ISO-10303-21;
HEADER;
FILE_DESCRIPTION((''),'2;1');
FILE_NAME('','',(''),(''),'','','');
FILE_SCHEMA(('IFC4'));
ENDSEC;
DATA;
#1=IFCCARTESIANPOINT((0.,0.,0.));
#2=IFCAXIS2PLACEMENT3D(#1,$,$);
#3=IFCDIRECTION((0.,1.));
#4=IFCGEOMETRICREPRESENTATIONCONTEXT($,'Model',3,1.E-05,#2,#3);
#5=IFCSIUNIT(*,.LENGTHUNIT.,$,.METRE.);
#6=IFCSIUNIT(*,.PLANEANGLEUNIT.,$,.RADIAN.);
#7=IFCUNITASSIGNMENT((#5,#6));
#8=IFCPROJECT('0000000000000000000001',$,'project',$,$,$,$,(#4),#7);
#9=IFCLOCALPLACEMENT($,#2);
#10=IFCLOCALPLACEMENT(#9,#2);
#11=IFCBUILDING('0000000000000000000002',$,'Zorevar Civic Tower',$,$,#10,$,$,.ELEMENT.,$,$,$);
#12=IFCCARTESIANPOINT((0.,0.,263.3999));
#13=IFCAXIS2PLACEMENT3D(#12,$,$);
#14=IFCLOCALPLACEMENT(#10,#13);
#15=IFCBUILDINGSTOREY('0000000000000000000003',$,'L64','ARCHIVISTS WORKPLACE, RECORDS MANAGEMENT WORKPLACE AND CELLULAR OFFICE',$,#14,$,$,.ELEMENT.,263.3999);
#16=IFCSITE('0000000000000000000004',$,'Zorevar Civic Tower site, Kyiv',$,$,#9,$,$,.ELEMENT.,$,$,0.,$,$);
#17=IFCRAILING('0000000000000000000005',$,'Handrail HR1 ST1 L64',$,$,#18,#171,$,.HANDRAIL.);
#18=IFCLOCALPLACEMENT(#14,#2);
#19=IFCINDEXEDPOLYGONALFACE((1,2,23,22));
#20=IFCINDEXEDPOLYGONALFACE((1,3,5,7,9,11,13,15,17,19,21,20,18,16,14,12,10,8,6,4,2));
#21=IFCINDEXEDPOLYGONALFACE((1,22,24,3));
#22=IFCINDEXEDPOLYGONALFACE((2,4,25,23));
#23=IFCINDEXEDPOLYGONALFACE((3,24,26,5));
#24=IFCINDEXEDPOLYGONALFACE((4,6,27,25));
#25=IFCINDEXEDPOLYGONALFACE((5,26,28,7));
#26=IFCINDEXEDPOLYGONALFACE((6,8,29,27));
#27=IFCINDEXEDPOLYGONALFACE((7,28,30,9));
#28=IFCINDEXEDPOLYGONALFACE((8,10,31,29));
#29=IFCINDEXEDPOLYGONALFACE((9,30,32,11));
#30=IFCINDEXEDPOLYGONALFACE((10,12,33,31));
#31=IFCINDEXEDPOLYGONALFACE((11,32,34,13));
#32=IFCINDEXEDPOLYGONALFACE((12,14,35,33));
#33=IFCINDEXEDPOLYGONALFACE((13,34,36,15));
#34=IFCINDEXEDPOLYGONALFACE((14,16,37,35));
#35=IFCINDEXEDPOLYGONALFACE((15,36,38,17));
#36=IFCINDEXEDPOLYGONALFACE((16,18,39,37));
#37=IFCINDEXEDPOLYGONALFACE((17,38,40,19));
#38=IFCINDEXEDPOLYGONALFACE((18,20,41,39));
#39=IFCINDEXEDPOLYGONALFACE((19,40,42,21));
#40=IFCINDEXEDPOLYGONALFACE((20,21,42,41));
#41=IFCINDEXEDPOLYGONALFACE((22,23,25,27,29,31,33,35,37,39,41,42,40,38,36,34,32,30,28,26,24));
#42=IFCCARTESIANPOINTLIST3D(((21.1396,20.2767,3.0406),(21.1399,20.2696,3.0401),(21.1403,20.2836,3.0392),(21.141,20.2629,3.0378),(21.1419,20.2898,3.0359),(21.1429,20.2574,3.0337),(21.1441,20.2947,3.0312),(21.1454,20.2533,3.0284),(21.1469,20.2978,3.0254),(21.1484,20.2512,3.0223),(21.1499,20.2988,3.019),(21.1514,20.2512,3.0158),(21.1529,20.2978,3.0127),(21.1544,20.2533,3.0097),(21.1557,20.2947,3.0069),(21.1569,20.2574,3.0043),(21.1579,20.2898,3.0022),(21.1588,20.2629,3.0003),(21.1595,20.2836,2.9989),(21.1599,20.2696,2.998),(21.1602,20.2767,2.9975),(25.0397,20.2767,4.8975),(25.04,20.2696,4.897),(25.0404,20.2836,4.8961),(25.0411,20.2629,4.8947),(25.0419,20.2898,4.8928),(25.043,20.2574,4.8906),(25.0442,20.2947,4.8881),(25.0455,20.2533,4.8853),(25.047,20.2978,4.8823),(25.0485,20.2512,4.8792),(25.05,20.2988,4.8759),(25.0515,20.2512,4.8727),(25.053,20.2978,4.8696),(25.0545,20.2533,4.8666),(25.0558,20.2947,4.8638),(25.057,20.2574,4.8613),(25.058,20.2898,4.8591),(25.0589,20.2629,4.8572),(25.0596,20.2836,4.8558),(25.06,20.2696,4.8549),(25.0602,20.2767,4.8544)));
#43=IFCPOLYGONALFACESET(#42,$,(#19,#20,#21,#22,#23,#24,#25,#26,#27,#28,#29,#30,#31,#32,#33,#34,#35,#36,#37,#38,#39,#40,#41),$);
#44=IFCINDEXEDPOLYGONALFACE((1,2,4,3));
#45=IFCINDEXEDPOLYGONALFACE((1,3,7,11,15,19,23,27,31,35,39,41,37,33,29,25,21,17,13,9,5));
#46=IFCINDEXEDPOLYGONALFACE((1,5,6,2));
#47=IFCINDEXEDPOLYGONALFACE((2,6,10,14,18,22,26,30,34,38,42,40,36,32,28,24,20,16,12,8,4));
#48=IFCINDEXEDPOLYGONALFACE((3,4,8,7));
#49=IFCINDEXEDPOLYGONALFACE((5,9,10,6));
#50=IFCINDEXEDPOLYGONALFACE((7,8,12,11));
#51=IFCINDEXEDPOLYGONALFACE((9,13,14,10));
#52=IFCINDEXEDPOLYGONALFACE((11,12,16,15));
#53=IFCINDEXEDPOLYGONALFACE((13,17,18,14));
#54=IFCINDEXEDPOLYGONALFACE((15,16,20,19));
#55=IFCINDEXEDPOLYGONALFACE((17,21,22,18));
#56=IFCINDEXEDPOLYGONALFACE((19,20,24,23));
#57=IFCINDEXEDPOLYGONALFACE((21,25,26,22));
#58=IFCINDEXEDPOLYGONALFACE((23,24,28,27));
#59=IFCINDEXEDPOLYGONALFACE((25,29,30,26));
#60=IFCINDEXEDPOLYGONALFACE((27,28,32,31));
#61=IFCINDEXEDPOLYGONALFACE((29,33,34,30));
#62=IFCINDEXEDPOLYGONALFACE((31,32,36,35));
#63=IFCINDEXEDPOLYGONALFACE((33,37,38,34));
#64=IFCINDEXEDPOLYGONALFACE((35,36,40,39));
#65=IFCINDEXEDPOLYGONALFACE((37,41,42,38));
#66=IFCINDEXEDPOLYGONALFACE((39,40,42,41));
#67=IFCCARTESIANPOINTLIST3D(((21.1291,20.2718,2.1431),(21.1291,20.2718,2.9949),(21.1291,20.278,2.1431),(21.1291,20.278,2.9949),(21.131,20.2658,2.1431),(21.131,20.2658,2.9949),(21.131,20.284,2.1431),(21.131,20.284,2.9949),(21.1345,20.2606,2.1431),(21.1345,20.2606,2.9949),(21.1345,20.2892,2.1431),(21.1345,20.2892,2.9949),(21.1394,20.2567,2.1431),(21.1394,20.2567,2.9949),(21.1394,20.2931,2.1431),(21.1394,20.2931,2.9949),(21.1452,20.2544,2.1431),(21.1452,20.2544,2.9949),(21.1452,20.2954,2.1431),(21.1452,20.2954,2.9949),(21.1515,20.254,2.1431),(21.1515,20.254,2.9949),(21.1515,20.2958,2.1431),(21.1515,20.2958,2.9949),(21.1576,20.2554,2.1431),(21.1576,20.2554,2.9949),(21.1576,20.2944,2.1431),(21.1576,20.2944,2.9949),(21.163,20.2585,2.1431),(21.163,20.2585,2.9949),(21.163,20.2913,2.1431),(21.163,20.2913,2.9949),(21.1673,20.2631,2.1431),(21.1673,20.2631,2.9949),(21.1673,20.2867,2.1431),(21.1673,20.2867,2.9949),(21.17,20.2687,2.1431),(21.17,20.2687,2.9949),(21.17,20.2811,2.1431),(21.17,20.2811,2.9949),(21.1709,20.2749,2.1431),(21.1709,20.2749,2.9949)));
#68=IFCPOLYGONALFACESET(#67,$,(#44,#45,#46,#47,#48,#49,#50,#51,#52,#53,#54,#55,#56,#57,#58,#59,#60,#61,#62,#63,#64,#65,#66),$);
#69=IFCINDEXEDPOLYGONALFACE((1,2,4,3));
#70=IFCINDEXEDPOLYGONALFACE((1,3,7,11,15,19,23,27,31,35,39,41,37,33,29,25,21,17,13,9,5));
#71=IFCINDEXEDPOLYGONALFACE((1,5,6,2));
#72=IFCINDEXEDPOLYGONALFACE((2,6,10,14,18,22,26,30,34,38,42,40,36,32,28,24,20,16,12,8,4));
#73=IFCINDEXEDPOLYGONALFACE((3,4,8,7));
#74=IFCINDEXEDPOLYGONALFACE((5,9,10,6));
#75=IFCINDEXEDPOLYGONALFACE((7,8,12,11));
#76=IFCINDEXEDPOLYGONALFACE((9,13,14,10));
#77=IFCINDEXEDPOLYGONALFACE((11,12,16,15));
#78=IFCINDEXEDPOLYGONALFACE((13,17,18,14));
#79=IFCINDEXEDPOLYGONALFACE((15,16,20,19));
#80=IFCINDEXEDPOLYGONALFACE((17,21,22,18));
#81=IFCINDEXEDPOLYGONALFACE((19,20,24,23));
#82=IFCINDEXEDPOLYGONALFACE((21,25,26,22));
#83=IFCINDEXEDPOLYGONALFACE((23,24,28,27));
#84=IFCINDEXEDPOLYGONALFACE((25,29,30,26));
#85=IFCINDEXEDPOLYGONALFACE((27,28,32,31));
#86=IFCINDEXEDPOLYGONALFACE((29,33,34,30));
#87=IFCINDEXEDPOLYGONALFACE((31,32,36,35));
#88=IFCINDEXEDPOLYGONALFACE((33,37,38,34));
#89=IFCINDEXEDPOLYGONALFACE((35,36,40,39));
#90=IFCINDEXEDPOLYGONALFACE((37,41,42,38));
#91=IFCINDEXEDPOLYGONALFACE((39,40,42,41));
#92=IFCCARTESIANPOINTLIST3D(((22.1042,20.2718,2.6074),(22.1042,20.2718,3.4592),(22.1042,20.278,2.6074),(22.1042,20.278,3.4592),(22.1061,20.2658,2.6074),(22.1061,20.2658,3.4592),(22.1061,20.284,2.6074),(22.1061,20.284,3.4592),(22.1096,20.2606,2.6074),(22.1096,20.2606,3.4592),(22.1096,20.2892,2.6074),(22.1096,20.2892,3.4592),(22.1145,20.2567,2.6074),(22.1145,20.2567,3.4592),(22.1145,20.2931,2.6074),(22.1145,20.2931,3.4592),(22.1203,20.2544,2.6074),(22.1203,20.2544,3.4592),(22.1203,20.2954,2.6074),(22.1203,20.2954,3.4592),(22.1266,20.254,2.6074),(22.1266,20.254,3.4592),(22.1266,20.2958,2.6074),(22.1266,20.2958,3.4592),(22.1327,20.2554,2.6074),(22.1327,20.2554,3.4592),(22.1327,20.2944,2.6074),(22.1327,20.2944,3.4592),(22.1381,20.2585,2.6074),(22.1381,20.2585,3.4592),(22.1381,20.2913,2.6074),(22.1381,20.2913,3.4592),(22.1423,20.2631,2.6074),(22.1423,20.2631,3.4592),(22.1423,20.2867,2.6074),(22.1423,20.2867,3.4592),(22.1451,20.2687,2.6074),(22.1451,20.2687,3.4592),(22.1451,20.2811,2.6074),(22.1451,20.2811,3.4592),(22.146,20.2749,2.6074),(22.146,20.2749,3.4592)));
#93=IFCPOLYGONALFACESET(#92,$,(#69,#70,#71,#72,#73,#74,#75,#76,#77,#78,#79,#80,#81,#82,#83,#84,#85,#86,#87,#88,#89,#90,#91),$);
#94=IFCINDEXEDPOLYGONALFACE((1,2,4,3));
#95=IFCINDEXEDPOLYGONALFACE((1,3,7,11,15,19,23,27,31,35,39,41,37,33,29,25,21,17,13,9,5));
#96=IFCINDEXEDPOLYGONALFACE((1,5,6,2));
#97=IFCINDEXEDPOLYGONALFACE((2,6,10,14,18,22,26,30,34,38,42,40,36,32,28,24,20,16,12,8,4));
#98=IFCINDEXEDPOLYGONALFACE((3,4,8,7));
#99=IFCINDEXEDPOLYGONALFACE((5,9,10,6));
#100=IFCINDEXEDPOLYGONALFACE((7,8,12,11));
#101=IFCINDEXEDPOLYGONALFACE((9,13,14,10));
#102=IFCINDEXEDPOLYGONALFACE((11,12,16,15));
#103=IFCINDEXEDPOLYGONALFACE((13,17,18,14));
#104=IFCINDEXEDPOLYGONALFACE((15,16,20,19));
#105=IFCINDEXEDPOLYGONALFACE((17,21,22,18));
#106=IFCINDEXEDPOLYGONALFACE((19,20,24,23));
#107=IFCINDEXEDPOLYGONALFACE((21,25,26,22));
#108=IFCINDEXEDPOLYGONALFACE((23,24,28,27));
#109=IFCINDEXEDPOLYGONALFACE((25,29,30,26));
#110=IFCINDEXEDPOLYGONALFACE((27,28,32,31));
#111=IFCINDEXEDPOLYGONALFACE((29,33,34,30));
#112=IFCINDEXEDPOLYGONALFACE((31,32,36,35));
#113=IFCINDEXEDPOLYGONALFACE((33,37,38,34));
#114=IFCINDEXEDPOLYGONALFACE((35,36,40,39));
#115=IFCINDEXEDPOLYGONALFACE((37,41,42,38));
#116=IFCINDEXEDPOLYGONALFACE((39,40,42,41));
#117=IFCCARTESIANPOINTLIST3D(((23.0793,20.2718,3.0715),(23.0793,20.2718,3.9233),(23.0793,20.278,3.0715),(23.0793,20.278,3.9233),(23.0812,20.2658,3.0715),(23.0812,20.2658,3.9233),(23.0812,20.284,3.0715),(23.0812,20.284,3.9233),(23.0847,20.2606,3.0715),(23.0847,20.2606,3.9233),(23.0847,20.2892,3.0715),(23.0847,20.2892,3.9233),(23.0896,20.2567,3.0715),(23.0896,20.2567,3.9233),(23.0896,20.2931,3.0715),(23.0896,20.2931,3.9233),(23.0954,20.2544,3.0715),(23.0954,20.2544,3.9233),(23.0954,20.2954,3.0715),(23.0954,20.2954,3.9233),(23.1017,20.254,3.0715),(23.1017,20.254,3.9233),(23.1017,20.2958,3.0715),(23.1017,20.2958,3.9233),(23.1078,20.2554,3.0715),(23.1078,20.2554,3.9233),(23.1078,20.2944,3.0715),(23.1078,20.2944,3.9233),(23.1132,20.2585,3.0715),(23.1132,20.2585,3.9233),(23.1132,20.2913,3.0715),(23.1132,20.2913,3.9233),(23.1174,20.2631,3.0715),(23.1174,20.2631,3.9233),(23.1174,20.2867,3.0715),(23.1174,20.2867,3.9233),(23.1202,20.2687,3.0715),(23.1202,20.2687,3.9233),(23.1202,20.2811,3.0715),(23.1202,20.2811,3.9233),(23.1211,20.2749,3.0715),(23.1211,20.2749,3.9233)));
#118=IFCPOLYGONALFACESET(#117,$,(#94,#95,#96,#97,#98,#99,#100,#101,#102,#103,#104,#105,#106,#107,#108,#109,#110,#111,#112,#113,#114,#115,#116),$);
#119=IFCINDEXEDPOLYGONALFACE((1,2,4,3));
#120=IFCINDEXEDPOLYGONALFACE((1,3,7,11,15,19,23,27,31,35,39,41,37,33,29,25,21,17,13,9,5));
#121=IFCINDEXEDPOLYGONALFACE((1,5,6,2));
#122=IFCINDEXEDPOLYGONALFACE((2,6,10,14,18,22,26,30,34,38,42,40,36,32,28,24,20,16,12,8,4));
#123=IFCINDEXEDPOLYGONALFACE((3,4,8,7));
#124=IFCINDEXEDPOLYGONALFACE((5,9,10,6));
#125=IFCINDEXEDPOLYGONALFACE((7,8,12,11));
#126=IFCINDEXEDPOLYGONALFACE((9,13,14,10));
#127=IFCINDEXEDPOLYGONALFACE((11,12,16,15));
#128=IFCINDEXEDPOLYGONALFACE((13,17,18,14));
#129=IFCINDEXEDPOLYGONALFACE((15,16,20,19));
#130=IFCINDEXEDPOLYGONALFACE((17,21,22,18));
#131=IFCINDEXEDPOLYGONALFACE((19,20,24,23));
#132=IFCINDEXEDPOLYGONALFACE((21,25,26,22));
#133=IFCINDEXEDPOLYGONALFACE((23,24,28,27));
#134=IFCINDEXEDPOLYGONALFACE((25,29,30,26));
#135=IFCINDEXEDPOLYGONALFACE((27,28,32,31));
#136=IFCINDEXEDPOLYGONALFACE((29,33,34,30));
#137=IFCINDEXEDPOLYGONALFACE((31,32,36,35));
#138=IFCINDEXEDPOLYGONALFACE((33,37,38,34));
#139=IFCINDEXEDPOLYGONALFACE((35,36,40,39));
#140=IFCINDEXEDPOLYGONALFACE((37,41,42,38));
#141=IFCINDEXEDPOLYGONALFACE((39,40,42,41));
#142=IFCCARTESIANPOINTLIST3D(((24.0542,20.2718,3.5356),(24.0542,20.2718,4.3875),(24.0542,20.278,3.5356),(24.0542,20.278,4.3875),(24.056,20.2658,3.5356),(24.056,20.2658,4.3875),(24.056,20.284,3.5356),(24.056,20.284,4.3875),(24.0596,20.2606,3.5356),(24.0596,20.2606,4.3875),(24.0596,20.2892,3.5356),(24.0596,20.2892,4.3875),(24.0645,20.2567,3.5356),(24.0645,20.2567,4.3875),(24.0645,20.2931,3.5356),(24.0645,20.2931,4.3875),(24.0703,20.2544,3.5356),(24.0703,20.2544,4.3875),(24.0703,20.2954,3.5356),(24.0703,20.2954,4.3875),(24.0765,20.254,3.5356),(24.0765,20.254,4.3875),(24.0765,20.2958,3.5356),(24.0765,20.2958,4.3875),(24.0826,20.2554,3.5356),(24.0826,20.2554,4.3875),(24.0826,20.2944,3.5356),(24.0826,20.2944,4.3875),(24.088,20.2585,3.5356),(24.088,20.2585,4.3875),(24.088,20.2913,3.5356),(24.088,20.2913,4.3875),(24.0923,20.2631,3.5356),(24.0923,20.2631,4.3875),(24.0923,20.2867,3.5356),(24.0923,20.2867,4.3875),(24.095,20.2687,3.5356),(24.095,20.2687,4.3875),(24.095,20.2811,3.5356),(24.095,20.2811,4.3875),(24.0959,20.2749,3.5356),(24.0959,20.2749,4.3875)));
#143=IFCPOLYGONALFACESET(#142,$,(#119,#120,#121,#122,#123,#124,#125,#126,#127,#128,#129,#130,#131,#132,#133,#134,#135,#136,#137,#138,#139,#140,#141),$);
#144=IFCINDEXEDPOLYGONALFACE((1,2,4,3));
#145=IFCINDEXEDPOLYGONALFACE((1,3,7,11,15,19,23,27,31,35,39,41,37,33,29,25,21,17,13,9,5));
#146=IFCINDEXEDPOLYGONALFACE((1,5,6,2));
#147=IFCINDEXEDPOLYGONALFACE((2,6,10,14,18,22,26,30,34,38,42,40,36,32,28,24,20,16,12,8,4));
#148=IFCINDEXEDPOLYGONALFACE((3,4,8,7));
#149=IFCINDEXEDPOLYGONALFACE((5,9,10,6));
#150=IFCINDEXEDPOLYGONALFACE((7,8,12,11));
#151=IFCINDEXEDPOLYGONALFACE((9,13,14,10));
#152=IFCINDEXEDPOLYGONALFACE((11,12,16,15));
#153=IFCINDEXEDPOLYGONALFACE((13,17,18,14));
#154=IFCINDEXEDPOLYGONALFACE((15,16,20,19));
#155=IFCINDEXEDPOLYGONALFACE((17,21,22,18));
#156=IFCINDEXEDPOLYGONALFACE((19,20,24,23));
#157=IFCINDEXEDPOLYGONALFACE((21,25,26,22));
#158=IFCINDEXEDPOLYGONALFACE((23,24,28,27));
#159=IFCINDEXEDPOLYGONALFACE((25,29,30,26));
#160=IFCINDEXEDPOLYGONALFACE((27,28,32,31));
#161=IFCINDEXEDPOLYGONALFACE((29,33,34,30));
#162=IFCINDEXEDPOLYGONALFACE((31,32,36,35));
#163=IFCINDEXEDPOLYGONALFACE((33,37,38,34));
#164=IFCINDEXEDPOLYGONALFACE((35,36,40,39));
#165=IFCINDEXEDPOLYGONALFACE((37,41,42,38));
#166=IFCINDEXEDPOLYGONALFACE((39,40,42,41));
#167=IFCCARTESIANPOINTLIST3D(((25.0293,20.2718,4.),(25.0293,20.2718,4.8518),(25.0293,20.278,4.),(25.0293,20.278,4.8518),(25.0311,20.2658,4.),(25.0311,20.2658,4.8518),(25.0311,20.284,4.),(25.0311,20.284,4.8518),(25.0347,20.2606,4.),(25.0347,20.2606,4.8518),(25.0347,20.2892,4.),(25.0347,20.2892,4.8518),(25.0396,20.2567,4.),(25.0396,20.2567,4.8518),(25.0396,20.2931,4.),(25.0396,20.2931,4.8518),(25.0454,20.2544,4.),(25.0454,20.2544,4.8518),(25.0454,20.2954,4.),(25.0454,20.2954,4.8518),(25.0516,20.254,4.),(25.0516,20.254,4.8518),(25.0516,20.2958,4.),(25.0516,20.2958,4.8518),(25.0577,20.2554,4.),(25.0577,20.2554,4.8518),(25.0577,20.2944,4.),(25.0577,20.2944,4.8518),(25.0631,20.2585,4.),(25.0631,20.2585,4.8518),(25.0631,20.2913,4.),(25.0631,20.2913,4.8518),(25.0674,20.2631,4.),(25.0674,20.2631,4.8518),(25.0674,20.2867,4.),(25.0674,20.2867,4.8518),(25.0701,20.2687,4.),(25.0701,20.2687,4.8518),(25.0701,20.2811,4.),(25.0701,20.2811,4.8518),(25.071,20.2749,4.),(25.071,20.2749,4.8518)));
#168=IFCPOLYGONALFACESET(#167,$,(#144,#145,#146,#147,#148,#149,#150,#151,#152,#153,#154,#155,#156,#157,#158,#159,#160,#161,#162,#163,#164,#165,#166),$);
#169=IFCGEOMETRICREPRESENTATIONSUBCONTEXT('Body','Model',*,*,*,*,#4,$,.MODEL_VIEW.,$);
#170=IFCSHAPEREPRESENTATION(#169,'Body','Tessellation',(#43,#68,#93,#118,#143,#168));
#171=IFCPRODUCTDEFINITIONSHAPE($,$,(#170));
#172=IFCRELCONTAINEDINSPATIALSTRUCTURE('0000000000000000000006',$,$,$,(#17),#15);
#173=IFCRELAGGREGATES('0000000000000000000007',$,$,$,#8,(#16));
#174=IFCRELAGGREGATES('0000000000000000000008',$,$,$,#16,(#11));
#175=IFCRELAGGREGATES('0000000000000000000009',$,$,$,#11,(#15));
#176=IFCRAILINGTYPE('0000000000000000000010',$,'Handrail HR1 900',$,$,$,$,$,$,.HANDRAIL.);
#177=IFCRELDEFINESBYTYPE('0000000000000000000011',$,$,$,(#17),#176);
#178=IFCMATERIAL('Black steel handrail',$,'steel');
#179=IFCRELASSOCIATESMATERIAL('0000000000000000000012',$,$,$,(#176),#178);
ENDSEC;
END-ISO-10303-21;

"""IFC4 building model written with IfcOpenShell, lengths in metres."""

from ifc_helpers import new_model, si_unit, direction, frame, origin, origin_2d, place, context, subcontext, project, spatial, circle, extrude, material, type_object, element, save


model = new_model("IFC4")

# Units and contexts
model_context = context("Model", 3, precision=1e-05, world=origin(), true_north=direction((0.0, 1.0)))
body_context = subcontext(model_context, "Body", "Model", "MODEL_VIEW")
ifc_project = project(units=[si_unit("LENGTHUNIT", "METRE"), si_unit("PLANEANGLEUNIT", "RADIAN")], contexts=[model_context])

# Site, building, storey
site_placement = place(None, origin())
site = spatial("IfcSite", under=ifc_project, at=site_placement, Name="Zorevar Civic Tower site, Kyiv", CompositionType="ELEMENT", RefElevation=0.0)
building_placement = place(site_placement, origin())
building = spatial("IfcBuilding", under=site, at=building_placement, Name="Zorevar Civic Tower", CompositionType="ELEMENT")
storey_placement = place(building_placement, frame((0.0, 0.0, 263.3999)))
storey = spatial("IfcBuildingStorey", under=building, at=storey_placement, Name="L64", Description="ARCHIVISTS WORKPLACE, RECORDS MANAGEMENT WORKPLACE AND CELLULAR OFFICE", CompositionType="ELEMENT", Elevation=263.3999)

# Railing
ifc_material_1 = material(Name="Black steel handrail", Category="steel")
railing_type = type_object("IfcRailingType", Name="Handrail HR1 900", PredefinedType="HANDRAIL", material=ifc_material_1)
railing_1_placement = place(storey_placement, frame((21.1499, 20.2749, 2.1431)))
element("IfcRailing", 1, at=railing_1_placement, inside=storey, type_object=railing_type, Name="Handrail HR1 ST1 L64", PredefinedType="HANDRAIL", context=body_context, shape_type="SweptSolid", body=[
    extrude(circle(Radius=0.0239, at=origin_2d()), frame((0.0, 0.0, 0.876), z_axis=(0.902886, 0.0, 0.429881), x_axis=(0.0, 1.0, 0.0)), (0.0, 0.0, 1.0), 4.3196),
    extrude(circle(Radius=0.021, at=origin_2d()), origin(), (0.0, 0.0, 1.0), 0.8518),
    extrude(circle(Radius=0.021, at=origin_2d()), frame((0.9751, 0.0, 0.4644)), (0.0, 0.0, 1.0), 0.8518),
    extrude(circle(Radius=0.021, at=origin_2d()), frame((1.9502, 0.0, 0.9285)), (0.0, 0.0, 1.0), 0.8518),
    extrude(circle(Radius=0.021, at=origin_2d()), frame((2.925, 0.0, 1.3926)), (0.0, 0.0, 1.0), 0.8518),
    extrude(circle(Radius=0.021, at=origin_2d()), frame((3.9001, 0.0, 1.8569)), (0.0, 0.0, 1.0), 0.8518),
])

save(model, "model.ifc")
